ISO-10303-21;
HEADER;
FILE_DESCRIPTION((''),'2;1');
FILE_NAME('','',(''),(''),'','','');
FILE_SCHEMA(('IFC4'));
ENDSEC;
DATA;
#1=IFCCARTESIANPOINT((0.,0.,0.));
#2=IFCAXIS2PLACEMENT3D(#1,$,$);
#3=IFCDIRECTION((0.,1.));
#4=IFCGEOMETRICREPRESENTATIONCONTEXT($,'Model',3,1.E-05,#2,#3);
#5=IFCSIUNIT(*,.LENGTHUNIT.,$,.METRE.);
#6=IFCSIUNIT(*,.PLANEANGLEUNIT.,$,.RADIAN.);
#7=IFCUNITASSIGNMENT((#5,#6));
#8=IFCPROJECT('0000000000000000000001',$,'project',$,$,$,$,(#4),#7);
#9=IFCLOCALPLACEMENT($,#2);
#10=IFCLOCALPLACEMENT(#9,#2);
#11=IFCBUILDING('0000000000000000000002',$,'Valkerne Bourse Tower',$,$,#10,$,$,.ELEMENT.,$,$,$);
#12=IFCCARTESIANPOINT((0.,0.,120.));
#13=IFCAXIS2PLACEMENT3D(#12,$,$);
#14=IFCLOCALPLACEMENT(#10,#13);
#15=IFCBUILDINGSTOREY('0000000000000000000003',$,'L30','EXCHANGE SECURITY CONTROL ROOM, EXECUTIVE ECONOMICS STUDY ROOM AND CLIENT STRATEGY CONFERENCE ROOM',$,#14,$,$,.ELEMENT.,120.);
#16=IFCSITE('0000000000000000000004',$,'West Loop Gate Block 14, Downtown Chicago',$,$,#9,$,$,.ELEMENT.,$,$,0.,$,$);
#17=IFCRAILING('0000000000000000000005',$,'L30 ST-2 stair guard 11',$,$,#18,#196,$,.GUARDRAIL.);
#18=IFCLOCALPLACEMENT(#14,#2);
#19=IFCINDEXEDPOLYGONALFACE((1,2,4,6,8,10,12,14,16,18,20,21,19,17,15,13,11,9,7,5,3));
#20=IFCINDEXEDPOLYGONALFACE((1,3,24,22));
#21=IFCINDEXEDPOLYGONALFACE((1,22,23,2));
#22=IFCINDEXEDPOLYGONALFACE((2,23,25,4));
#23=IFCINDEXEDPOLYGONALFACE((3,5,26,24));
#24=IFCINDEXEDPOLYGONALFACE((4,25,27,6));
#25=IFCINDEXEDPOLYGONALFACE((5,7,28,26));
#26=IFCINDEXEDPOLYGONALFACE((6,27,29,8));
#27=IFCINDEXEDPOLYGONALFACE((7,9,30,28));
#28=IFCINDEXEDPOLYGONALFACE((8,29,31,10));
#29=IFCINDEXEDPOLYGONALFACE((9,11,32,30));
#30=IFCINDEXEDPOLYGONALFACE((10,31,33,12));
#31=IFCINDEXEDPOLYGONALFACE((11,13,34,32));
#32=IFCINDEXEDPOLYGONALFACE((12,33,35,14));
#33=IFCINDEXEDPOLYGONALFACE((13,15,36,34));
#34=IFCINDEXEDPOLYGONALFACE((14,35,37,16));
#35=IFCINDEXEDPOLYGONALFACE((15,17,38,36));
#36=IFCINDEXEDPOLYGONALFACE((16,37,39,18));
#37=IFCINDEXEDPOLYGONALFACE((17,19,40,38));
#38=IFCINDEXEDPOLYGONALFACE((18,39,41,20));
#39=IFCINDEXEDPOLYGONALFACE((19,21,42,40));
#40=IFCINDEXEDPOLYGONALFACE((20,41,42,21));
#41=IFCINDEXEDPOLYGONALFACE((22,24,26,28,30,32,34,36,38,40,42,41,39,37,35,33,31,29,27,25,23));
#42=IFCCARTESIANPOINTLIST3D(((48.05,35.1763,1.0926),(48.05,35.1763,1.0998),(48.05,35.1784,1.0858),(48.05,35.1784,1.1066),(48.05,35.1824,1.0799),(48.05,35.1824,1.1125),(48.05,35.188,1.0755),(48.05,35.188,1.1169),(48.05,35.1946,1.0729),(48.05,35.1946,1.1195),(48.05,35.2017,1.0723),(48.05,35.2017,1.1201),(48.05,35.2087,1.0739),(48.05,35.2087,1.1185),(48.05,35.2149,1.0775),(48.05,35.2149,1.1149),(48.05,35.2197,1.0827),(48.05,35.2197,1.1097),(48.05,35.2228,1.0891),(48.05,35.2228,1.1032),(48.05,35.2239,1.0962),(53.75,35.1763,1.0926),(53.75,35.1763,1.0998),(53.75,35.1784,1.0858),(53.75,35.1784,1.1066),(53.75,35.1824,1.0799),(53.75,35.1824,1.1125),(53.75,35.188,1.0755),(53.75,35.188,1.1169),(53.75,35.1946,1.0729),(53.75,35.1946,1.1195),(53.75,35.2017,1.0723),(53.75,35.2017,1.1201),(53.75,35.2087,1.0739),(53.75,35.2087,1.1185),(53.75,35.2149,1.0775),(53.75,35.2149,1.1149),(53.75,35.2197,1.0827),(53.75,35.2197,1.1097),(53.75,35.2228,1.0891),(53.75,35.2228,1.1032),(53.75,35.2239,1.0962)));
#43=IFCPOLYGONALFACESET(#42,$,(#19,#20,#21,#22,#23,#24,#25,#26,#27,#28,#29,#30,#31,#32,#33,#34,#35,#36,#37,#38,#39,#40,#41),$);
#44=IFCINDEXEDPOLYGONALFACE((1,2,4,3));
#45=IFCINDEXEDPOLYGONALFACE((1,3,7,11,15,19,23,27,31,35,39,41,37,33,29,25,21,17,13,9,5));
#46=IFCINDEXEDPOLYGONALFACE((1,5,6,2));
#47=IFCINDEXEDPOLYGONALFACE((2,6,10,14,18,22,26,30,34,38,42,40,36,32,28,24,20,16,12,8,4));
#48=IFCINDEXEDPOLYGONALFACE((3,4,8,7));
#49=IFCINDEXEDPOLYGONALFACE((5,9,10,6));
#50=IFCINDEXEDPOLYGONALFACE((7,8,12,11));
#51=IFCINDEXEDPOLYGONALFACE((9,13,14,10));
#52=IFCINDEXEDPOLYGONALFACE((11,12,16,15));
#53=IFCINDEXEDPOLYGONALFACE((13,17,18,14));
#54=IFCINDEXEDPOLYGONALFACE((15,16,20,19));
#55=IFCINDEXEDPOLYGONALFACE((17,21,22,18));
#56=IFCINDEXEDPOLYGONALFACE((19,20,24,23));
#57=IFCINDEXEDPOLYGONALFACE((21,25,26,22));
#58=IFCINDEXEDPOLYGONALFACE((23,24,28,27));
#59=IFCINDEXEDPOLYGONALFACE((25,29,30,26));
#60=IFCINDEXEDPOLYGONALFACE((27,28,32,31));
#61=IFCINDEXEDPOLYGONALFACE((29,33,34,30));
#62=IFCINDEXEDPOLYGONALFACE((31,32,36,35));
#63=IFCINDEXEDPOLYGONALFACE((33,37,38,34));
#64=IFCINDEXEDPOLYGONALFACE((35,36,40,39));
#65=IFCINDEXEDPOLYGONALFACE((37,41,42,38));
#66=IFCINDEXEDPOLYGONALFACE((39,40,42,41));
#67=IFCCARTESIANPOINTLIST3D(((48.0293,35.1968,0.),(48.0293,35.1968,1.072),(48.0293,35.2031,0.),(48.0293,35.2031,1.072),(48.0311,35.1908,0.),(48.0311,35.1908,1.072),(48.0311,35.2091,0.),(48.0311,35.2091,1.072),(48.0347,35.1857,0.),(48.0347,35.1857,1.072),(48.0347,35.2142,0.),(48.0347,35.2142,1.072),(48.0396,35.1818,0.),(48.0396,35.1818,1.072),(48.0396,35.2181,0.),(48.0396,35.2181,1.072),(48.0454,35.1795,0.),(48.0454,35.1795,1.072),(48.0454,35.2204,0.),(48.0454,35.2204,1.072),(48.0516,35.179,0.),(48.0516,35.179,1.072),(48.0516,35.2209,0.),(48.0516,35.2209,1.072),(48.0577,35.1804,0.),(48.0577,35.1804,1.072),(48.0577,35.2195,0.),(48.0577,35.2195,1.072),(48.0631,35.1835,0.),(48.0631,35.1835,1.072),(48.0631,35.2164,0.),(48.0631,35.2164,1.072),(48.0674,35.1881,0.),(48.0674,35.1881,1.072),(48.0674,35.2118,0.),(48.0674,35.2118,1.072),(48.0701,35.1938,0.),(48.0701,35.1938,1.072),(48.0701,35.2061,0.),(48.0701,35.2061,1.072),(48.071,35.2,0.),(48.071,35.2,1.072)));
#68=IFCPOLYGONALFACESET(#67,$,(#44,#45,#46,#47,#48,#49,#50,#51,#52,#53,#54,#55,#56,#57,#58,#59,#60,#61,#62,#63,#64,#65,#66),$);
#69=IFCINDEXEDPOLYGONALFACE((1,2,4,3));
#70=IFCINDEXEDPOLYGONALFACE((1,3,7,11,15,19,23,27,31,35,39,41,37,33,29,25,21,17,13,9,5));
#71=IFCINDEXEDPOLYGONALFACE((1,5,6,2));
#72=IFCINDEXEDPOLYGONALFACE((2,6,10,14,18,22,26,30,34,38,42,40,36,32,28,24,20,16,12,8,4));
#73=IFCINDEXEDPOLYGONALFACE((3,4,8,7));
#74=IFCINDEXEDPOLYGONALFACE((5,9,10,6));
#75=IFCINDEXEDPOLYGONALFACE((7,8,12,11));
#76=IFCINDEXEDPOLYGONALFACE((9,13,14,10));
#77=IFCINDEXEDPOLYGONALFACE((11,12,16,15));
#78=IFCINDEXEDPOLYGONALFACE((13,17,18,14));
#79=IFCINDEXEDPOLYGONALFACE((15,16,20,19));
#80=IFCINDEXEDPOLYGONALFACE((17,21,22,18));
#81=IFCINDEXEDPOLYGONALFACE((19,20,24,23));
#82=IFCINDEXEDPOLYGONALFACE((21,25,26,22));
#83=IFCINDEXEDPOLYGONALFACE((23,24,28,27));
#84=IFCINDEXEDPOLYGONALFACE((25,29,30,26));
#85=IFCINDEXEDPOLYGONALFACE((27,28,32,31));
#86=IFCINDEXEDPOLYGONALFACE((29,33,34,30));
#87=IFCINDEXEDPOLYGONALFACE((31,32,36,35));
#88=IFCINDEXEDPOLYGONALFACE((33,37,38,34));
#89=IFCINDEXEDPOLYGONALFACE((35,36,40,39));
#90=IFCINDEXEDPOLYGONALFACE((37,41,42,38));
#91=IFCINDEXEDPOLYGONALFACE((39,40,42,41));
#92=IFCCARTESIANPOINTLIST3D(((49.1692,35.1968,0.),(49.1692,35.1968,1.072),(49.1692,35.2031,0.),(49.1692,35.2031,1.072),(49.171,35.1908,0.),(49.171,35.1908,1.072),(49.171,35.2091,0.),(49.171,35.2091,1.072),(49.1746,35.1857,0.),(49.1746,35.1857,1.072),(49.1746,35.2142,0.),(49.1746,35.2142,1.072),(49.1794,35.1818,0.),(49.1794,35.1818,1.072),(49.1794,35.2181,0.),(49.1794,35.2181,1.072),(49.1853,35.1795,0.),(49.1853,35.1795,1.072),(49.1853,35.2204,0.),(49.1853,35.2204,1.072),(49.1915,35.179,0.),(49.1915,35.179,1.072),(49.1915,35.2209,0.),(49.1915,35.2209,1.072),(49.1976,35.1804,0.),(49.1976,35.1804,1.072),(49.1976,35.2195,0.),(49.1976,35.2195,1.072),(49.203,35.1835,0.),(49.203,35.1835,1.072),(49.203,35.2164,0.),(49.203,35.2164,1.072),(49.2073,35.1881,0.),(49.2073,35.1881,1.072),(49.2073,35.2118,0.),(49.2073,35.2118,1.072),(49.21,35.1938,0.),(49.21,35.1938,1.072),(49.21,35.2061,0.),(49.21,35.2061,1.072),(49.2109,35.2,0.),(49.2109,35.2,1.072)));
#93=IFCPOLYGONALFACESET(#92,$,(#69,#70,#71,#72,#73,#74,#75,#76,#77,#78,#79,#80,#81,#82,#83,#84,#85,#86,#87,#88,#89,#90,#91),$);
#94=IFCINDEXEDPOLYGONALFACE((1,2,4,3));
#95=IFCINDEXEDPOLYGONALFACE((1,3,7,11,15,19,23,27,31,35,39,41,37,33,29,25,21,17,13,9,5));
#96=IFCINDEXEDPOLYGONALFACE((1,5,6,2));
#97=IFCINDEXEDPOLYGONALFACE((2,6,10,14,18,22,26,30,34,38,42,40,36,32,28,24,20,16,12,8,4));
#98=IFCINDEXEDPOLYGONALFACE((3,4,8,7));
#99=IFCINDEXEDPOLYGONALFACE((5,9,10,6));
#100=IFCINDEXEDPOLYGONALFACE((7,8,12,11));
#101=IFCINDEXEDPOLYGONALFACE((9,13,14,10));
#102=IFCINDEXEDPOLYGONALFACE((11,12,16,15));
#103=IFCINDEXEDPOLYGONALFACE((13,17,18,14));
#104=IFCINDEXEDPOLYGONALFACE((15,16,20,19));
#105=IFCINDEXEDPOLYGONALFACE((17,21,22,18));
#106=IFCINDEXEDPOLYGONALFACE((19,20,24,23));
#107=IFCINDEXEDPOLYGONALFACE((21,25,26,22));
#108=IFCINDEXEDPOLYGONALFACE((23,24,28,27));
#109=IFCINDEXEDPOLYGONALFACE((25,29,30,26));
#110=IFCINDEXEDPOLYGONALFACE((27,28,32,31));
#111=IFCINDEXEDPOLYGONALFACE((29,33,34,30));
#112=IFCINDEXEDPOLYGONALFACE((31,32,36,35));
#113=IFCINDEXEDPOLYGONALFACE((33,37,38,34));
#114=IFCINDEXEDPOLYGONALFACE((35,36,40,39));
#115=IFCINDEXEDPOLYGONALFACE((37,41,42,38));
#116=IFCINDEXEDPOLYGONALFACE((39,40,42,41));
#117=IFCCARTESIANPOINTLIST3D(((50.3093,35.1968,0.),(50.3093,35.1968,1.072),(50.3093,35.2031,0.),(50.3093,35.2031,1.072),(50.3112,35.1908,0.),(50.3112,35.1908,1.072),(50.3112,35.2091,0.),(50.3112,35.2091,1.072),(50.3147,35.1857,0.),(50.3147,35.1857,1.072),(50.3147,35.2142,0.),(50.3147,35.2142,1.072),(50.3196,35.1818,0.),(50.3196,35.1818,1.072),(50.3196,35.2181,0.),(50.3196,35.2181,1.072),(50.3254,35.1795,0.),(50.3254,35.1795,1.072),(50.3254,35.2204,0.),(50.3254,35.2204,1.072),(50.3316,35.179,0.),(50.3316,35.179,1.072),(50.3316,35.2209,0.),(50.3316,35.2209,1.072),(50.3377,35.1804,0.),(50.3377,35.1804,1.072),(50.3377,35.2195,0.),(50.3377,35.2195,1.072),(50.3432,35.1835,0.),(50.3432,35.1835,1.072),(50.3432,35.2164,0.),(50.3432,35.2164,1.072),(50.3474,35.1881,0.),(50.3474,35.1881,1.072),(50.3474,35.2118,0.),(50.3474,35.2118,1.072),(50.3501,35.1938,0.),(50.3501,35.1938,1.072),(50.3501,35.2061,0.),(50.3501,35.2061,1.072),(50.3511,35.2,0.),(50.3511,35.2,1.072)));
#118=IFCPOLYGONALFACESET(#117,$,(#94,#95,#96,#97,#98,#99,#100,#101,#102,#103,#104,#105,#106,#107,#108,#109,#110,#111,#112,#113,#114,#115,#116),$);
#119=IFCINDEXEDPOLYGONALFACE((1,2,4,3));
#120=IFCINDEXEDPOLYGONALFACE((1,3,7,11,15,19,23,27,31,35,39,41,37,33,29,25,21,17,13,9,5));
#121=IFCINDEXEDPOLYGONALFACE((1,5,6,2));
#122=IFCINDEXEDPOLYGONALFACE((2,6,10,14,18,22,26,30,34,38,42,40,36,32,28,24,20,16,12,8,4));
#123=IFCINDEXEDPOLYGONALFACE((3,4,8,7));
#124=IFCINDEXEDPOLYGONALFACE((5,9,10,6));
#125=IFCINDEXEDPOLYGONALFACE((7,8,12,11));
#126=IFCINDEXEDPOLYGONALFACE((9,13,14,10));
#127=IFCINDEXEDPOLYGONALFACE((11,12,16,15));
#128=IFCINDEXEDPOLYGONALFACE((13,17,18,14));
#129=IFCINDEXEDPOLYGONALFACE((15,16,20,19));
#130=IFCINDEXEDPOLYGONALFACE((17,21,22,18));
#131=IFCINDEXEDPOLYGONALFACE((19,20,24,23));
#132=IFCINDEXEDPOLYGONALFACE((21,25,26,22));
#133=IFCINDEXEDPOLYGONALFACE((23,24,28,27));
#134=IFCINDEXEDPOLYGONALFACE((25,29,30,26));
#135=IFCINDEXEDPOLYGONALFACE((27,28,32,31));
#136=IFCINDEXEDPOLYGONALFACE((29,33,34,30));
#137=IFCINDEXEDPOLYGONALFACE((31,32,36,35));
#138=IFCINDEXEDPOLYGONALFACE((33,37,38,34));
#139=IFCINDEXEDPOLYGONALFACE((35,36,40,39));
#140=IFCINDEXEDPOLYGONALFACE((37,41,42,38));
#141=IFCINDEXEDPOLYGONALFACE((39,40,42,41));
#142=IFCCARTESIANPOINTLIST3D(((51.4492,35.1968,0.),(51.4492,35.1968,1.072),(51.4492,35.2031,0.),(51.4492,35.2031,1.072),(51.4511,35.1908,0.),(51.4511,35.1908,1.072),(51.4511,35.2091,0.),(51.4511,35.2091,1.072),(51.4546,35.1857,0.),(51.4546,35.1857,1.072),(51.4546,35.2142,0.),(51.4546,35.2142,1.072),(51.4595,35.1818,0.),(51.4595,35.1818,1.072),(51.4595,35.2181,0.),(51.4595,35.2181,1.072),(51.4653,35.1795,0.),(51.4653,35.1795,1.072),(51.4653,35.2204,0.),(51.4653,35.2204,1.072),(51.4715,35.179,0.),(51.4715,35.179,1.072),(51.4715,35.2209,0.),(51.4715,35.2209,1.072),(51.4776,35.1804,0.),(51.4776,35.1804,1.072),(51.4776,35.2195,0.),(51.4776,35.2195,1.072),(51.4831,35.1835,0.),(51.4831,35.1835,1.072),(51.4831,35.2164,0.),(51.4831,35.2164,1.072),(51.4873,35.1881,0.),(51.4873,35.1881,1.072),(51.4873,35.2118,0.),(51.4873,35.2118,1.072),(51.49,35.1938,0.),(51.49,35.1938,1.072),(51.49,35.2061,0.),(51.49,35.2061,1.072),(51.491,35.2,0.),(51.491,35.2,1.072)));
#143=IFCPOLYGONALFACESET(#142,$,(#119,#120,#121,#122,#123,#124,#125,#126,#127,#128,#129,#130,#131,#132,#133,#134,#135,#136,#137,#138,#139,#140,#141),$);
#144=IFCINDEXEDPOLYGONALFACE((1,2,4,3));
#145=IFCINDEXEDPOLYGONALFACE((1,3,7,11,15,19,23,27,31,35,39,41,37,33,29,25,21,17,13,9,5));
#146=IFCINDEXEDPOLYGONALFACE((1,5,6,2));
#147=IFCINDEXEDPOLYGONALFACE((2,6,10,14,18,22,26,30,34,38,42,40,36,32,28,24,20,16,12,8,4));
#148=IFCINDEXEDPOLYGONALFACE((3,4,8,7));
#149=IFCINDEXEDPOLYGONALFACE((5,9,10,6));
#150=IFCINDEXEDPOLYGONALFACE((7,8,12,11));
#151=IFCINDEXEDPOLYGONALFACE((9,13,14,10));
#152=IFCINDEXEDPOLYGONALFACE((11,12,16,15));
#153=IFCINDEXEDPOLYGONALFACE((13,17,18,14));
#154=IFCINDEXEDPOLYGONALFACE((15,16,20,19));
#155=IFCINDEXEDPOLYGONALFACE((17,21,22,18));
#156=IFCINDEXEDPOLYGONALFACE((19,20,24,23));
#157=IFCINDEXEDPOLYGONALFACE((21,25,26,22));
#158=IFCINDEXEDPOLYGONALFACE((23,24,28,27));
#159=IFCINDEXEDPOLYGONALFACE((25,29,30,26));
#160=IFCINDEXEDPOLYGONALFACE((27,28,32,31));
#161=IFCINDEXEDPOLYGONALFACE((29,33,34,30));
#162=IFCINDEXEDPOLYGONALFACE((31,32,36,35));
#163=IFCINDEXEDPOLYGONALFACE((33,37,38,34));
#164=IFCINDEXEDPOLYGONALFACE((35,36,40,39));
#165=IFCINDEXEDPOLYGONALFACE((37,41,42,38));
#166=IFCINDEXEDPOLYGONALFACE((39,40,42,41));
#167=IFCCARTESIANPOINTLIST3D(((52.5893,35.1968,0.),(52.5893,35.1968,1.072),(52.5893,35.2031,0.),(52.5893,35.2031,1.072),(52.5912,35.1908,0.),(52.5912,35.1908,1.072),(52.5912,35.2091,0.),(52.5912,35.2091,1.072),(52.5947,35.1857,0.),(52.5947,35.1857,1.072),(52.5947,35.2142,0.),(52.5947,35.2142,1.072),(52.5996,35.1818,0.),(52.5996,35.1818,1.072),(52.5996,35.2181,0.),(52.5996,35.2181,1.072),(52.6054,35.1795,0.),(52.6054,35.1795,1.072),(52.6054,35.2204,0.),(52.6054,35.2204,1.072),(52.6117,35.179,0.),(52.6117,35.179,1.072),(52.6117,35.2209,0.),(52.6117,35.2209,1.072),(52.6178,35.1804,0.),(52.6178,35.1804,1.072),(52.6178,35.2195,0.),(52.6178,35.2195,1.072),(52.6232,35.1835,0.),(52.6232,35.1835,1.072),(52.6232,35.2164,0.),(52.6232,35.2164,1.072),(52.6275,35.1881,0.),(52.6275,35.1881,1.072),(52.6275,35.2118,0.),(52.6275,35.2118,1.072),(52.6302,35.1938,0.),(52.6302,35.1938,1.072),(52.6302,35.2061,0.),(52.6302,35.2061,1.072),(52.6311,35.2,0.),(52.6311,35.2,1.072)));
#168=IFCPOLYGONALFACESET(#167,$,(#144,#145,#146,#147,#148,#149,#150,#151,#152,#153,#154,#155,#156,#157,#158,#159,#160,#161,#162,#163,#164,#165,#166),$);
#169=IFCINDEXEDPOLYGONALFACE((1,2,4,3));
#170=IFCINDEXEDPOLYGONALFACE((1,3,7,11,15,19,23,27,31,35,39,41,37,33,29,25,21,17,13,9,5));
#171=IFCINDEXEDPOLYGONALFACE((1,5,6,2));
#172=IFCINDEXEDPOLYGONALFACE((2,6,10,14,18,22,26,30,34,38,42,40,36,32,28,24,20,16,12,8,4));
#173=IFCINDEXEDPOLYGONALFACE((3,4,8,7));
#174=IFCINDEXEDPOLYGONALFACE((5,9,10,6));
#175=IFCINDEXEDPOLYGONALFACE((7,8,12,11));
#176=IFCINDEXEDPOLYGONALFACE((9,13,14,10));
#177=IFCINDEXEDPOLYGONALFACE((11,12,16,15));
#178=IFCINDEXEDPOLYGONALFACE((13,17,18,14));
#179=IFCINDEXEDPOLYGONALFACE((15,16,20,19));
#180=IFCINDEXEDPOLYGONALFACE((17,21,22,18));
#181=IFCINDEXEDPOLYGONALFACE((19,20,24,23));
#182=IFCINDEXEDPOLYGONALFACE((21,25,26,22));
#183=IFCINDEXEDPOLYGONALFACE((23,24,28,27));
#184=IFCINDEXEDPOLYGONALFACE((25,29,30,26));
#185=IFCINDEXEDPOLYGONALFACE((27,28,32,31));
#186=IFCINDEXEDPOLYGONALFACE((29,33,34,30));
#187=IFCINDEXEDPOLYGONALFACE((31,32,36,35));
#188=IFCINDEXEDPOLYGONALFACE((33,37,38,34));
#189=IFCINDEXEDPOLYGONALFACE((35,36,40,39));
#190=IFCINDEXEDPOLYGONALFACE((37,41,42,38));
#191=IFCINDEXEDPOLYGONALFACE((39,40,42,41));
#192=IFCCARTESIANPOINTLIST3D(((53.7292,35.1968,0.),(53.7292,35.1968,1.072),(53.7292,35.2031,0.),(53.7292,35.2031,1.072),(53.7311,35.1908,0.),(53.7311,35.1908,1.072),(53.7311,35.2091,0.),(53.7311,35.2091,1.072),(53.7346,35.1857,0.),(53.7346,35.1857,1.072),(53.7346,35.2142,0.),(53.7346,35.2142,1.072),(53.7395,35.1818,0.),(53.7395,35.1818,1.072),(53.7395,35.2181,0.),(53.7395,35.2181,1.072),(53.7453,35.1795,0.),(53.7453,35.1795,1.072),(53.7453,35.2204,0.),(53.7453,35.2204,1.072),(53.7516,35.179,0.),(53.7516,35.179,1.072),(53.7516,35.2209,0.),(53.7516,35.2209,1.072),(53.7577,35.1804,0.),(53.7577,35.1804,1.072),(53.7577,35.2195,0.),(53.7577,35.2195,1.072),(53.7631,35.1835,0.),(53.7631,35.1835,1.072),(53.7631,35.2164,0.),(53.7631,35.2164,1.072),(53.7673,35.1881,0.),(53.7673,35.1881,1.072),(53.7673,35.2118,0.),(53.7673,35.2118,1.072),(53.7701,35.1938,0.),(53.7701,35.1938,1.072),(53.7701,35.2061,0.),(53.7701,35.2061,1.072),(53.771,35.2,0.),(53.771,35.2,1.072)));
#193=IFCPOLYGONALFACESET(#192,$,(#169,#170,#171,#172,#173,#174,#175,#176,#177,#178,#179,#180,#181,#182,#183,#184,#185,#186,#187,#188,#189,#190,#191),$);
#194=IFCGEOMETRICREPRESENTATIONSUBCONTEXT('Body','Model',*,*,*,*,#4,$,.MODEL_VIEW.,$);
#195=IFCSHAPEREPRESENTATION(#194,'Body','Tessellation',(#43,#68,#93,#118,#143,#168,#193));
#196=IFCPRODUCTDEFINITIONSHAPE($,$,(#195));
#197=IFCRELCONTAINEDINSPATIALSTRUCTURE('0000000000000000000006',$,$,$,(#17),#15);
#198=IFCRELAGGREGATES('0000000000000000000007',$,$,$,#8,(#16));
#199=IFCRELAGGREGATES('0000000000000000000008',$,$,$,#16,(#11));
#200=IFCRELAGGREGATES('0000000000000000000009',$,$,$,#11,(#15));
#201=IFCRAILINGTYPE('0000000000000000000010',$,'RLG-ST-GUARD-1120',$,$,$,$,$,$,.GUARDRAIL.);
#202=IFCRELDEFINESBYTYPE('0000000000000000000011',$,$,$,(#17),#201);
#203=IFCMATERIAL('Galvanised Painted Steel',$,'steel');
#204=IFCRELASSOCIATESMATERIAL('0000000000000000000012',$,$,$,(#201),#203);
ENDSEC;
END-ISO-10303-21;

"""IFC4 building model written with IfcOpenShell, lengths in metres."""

from ifc_helpers import new_model, si_unit, direction, frame, origin, origin_2d, place, context, subcontext, project, spatial, circle, extrude, material, type_object, element, save


model = new_model("IFC4")

# Units and contexts
model_context = context("Model", 3, precision=1e-05, world=origin(), true_north=direction((0.0, 1.0)))
body_context = subcontext(model_context, "Body", "Model", "MODEL_VIEW")
ifc_project = project(units=[si_unit("LENGTHUNIT", "METRE"), si_unit("PLANEANGLEUNIT", "RADIAN")], contexts=[model_context])

# Site, building, storey
site_placement = place(None, origin())
site = spatial("IfcSite", under=ifc_project, at=site_placement, Name="West Loop Gate Block 14, Downtown Chicago", CompositionType="ELEMENT", RefElevation=0.0)
building_placement = place(site_placement, origin())
building = spatial("IfcBuilding", under=site, at=building_placement, Name="Valkerne Bourse Tower", CompositionType="ELEMENT")
storey_placement = place(building_placement, frame((0.0, 0.0, 120.0)))
storey = spatial("IfcBuildingStorey", under=building, at=storey_placement, Name="L30", Description="EXCHANGE SECURITY CONTROL ROOM, EXECUTIVE ECONOMICS STUDY ROOM AND CLIENT STRATEGY CONFERENCE ROOM", CompositionType="ELEMENT", Elevation=120.0)

# Shared definitions
ifc_material_1 = material(Name="Galvanised Painted Steel", Category="steel")

# Railing
railing_type_1 = type_object("IfcRailingType", Name="RLG-ST-GUARD-1120", PredefinedType="GUARDRAIL", material=ifc_material_1)
for number, where, name in (
    (1, (48.05, 35.2, 0.0), "L30 ST-2 stair guard 11"),
):
    element("IfcRailing", number, at=place(storey_placement, frame(where)), inside=storey, type_object=railing_type_1, Name=name, PredefinedType="GUARDRAIL", context=body_context, shape_type="SweptSolid", body=[
        extrude(circle(Radius=0.0239, at=origin_2d()), frame((0.0, 0.0, 1.0962), z_axis=(1.0, 0.0, 0.0), x_axis=(0.0, 1.0, 0.0)), (0.0, 0.0, 1.0), 5.7),
        extrude(circle(Radius=0.021, at=origin_2d()), origin(), (0.0, 0.0, 1.0), 1.072),
        extrude(circle(Radius=0.021, at=origin_2d()), frame((1.1399, 0.0, 0.0)), (0.0, 0.0, 1.0), 1.072),
        extrude(circle(Radius=0.021, at=origin_2d()), frame((2.28, 0.0, 0.0)), (0.0, 0.0, 1.0), 1.072),
        extrude(circle(Radius=0.021, at=origin_2d()), frame((3.4199, 0.0, 0.0)), (0.0, 0.0, 1.0), 1.072),
        extrude(circle(Radius=0.021, at=origin_2d()), frame((4.5601, 0.0, 0.0)), (0.0, 0.0, 1.0), 1.072),
        extrude(circle(Radius=0.021, at=origin_2d()), frame((5.7, 0.0, 0.0)), (0.0, 0.0, 1.0), 1.072),
    ])

save(model, "model.ifc")
